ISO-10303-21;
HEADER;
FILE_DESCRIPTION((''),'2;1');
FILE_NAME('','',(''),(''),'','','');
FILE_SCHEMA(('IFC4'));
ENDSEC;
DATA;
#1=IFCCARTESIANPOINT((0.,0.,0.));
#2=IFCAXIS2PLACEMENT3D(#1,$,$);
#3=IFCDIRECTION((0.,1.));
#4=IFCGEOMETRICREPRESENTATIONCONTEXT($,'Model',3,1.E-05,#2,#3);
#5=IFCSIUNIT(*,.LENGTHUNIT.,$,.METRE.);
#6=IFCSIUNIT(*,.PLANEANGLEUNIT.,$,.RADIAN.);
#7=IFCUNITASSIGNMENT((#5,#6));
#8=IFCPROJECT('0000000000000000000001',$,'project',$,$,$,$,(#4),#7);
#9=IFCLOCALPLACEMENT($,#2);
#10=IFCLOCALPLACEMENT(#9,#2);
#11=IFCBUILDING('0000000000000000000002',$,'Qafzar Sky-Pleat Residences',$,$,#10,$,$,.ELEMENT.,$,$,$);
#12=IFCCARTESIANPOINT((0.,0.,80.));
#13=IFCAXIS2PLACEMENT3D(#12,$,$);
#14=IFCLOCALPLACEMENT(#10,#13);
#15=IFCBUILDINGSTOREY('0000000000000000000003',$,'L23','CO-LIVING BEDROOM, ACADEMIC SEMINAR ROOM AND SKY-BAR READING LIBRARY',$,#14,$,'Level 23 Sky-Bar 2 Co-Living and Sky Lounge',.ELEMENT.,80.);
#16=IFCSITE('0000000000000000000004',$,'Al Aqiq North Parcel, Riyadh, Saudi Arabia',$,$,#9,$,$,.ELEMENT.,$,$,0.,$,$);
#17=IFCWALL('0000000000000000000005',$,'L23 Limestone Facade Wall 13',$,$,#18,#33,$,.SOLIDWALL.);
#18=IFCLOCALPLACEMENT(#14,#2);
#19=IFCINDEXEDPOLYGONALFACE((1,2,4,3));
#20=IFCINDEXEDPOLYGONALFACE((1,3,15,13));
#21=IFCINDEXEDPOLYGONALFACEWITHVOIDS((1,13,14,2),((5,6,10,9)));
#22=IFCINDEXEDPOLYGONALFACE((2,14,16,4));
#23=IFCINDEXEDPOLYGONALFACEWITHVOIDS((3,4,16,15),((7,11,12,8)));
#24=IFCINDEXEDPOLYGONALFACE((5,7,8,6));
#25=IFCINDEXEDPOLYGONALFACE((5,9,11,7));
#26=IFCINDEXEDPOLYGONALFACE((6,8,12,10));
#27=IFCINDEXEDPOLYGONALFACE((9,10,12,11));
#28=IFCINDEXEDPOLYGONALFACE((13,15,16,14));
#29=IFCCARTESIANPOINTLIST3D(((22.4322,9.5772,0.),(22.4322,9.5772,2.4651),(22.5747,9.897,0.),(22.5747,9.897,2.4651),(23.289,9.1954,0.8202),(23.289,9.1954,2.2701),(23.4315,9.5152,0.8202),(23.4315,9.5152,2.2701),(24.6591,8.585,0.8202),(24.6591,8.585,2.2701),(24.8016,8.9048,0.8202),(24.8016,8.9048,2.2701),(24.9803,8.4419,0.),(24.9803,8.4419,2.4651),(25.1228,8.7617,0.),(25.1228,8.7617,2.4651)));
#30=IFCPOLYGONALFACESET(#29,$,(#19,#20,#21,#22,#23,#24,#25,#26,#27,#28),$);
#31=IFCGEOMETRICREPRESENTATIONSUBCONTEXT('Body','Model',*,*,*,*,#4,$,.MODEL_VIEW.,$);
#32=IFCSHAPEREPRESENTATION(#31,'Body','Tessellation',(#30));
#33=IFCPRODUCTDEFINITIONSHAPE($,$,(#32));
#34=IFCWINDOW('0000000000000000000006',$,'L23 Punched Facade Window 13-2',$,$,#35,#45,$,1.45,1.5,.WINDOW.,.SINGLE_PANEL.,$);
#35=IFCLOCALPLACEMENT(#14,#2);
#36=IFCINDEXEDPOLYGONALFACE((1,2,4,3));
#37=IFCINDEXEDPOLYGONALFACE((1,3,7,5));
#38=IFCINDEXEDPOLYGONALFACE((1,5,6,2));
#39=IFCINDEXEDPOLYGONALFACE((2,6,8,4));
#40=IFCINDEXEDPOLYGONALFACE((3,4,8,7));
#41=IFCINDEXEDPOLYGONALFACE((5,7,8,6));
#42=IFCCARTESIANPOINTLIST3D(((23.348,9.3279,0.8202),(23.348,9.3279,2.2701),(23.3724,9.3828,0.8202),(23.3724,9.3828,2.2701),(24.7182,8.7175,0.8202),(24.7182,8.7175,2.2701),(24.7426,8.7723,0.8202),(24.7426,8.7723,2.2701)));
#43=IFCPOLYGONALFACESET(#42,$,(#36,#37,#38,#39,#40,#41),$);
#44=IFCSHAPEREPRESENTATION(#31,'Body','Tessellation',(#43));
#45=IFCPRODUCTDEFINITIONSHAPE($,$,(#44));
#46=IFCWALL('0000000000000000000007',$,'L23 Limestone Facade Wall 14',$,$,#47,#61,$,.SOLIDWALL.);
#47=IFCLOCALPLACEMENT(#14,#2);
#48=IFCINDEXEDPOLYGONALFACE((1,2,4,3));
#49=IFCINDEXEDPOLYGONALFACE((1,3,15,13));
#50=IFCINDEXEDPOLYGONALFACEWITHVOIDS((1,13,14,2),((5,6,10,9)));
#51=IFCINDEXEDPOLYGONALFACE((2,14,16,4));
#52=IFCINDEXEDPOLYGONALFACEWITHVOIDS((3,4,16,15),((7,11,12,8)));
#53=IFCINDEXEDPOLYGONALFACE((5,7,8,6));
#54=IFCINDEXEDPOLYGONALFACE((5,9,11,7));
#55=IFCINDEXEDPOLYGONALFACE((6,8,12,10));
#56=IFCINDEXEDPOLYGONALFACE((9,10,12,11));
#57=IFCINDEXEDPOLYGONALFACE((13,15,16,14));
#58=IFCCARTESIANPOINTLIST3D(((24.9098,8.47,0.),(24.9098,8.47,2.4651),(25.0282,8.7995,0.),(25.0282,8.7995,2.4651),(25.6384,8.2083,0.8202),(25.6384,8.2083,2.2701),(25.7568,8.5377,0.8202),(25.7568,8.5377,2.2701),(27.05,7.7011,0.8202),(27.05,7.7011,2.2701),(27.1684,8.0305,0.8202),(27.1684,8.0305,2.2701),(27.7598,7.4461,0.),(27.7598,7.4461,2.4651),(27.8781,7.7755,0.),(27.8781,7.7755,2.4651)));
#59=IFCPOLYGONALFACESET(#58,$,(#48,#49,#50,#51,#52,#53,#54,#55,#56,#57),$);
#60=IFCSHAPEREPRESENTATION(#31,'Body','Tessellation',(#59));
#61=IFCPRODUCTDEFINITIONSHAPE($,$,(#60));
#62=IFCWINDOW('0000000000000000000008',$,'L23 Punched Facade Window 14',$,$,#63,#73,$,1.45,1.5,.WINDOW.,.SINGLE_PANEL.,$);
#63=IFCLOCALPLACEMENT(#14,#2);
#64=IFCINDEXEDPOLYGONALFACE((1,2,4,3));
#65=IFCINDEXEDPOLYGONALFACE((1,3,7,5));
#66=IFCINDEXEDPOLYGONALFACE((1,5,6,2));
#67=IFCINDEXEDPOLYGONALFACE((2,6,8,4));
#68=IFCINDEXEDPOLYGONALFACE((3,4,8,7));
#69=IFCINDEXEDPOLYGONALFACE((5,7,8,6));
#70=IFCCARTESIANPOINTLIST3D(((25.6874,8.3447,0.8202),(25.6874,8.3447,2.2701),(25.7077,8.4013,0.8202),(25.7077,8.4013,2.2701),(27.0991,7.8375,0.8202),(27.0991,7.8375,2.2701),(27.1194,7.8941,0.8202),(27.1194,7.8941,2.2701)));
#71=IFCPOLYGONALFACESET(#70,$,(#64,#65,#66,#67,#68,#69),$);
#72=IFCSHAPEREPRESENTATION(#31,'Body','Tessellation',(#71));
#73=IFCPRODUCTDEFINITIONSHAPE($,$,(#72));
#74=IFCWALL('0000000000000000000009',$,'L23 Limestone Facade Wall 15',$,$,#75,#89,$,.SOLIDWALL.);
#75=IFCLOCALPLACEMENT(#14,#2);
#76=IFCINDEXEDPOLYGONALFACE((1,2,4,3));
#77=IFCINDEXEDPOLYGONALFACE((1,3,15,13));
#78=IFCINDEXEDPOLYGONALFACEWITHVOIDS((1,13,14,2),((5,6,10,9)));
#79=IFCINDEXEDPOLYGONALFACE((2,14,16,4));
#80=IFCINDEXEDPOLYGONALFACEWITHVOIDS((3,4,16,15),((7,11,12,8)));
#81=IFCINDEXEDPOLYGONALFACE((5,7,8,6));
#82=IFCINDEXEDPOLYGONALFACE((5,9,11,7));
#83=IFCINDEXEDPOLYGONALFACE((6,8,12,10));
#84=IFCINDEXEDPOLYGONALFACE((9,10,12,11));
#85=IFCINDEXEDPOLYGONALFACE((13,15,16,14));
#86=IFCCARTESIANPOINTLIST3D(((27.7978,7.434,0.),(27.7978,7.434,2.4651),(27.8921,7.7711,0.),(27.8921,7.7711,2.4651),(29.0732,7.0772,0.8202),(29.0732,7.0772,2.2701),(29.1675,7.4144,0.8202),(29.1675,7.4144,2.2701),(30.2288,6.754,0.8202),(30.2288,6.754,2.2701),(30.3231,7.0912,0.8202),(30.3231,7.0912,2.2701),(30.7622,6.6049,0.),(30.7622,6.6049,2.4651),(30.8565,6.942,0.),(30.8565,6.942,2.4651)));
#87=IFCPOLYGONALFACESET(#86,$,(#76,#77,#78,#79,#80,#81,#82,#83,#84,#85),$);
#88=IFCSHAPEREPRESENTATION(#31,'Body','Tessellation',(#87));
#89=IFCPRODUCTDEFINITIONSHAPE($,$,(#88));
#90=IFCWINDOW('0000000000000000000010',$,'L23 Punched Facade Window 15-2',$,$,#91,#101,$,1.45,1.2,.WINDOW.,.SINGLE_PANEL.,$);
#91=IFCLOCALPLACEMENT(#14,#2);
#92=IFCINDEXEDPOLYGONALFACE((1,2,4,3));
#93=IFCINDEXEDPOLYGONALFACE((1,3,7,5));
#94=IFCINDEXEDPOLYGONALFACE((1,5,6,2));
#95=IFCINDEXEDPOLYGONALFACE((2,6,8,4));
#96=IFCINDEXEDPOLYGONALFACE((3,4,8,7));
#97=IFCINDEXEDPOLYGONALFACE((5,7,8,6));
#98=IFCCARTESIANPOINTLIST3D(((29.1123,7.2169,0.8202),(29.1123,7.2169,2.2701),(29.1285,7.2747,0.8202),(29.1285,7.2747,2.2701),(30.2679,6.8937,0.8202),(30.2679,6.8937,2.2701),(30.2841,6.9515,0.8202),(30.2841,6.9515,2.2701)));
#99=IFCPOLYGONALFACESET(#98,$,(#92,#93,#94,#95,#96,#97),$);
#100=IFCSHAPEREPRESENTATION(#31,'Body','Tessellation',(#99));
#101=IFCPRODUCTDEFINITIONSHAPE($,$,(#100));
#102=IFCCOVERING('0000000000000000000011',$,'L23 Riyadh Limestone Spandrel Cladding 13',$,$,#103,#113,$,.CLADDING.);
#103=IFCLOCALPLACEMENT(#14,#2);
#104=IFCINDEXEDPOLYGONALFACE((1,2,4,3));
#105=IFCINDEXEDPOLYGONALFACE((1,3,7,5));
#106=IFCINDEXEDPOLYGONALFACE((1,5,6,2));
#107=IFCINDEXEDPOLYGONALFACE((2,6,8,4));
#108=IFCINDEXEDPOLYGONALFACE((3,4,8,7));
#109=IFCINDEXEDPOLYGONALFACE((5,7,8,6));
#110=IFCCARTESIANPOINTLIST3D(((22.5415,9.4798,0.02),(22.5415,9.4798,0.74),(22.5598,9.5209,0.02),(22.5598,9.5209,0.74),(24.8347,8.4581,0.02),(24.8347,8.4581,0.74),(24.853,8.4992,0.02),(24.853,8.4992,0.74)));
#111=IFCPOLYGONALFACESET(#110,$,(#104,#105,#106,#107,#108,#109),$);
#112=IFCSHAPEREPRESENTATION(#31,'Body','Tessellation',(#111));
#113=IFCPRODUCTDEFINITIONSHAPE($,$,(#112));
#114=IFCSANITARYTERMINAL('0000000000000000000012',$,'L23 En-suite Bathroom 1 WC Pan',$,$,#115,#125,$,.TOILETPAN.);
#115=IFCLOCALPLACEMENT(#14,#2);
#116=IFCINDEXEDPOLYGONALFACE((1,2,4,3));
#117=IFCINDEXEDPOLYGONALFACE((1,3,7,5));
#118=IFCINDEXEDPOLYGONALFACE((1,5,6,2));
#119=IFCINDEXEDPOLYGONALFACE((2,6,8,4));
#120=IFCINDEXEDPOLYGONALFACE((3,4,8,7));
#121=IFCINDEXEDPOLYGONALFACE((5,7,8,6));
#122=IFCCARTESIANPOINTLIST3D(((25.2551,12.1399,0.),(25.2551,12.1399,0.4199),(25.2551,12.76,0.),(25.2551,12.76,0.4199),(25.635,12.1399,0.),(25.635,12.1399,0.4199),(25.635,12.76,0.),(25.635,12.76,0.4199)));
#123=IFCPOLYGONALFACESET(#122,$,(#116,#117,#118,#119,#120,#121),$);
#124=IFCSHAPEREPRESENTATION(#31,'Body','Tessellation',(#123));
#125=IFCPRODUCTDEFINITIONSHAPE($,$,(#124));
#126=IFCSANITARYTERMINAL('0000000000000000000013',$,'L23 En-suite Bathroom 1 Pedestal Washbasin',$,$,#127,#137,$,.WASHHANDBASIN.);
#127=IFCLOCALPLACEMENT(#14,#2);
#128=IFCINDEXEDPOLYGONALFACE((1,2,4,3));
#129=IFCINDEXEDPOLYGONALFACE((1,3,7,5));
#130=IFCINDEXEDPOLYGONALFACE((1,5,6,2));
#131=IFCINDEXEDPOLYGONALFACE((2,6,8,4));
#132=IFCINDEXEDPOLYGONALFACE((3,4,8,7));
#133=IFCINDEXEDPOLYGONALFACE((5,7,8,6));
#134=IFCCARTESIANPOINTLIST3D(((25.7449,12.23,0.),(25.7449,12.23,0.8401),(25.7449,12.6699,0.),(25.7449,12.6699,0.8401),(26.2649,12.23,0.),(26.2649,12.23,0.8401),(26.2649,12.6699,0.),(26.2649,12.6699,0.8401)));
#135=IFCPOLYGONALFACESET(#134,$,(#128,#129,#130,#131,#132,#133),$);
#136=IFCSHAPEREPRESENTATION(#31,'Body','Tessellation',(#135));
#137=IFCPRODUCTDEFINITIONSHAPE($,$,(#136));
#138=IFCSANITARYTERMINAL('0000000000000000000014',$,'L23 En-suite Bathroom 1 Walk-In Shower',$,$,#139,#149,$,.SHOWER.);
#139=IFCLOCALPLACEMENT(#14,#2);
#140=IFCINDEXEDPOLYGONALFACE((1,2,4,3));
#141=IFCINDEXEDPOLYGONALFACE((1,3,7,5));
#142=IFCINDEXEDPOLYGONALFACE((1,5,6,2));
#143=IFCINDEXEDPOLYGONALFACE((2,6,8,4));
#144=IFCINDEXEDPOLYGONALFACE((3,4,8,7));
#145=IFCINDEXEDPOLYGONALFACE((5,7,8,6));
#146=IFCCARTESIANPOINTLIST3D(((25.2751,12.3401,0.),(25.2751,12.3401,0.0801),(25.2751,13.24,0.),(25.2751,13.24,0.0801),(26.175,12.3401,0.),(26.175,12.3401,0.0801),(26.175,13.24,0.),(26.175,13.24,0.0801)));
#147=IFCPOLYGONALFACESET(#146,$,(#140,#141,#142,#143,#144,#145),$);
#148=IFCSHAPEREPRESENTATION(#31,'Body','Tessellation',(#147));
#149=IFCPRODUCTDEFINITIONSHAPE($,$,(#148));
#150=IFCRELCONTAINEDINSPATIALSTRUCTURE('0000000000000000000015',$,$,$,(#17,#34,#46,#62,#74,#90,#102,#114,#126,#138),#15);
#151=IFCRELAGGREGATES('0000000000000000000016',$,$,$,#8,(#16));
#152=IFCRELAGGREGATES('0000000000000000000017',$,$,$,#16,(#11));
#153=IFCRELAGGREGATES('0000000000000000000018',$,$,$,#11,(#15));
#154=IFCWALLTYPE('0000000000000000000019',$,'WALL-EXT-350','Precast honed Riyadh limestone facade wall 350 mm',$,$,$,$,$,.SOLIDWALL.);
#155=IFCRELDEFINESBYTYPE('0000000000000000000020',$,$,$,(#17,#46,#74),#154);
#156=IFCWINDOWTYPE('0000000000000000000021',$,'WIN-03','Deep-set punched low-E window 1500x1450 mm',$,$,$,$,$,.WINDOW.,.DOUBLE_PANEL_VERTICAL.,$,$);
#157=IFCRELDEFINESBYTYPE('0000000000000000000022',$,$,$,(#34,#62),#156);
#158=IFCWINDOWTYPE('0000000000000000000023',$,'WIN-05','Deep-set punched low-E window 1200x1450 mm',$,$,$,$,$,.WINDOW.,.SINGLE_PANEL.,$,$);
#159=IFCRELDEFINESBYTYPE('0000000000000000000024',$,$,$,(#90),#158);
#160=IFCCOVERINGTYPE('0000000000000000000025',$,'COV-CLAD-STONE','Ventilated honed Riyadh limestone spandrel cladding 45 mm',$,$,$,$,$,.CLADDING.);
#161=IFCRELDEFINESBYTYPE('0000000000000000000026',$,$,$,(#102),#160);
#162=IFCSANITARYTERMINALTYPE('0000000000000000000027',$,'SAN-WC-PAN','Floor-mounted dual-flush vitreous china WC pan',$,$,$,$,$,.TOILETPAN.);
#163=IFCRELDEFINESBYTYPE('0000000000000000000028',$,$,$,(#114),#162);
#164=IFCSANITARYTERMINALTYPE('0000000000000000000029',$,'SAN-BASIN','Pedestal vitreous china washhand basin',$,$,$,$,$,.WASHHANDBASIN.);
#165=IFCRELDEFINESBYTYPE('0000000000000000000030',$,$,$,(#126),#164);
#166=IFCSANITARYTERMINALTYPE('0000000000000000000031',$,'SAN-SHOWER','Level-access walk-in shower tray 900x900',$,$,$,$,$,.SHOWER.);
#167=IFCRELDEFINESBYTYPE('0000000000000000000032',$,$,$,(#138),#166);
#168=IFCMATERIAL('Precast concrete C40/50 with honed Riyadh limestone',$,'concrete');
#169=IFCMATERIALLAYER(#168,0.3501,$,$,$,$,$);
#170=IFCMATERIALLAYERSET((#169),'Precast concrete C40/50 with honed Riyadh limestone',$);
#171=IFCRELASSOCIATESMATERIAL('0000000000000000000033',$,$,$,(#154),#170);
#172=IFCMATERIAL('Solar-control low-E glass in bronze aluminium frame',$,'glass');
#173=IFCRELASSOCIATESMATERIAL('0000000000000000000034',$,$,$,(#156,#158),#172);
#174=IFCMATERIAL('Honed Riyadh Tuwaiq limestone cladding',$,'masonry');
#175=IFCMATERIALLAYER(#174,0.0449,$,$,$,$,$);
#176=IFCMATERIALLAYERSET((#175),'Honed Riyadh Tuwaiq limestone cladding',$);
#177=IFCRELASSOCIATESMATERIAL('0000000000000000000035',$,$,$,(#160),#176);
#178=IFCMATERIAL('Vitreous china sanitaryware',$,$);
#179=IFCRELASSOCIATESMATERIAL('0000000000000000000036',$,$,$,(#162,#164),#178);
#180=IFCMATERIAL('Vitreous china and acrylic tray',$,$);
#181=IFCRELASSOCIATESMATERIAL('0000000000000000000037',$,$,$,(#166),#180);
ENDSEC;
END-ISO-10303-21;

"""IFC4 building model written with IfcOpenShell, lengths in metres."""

from ifc_helpers import new_model, si_unit, direction, frame, frame_2d, origin, origin_2d, place, context, subcontext, project, spatial, rectangle, extrude, source, transform, mapped, material, layer, layer_set, type_object, element, fill, save


model = new_model("IFC4")

# Units and contexts
model_context = context("Model", 3, precision=1e-05, world=origin(), true_north=direction((0.0, 1.0)))
body_context = subcontext(model_context, "Body", "Model", "MODEL_VIEW")
ifc_project = project(units=[si_unit("LENGTHUNIT", "METRE"), si_unit("PLANEANGLEUNIT", "RADIAN")], contexts=[model_context])

# Site, building, storey
site_placement = place(None, origin())
site = spatial("IfcSite", under=ifc_project, at=site_placement, Name="Al Aqiq North Parcel, Riyadh, Saudi Arabia", CompositionType="ELEMENT", RefElevation=0.0)
building_placement = place(site_placement, origin())
building = spatial("IfcBuilding", under=site, at=building_placement, Name="Qafzar Sky-Pleat Residences", CompositionType="ELEMENT")
storey_placement = place(building_placement, frame((0.0, 0.0, 80.0)))
storey = spatial("IfcBuildingStorey", under=building, at=storey_placement, Name="L23", Description="CO-LIVING BEDROOM, ACADEMIC SEMINAR ROOM AND SKY-BAR READING LIBRARY", LongName="Level 23 Sky-Bar 2 Co-Living and Sky Lounge", CompositionType="ELEMENT", Elevation=80.0)

# Walls, openings, windows
ifc_material_1 = material(Name="Precast concrete C40/50 with honed Riyadh limestone", Category="concrete")
ifc_layer_1 = layer(ifc_material_1, 0.3501)
ifc_layer_set_1 = layer_set([ifc_layer_1], Name="Precast concrete C40/50 with honed Riyadh limestone")
wall_type_1 = type_object("IfcWallType", Name="WALL-EXT-350", Description="Precast honed Riyadh limestone facade wall 350 mm", PredefinedType="SOLIDWALL", material=ifc_layer_set_1)
ifc_material_2 = material(Name="Solar-control low-E glass in bronze aluminium frame", Category="glass")
wall_1_placement = place(storey_placement, frame((22.5034, 9.7371, 0.0), z_axis=(0.0, 0.0, 1.0), x_axis=(0.913443, -0.406967, 0.0)))
wall_1 = element("IfcWall", 1, at=wall_1_placement, inside=storey, type_object=wall_type_1, Name="L23 Limestone Facade Wall 13", PredefinedType="SOLIDWALL", context=body_context, shape_type="SweptSolid", body=[
    extrude(rectangle(XDim=2.7896, YDim=0.3501, at=frame_2d((1.3948, 0.0))), origin(), (0.0, 0.0, 1.0), 2.4651),
])
opening_1_placement = place(wall_1_placement, frame((0.938, 0.0, 0.8201)))
opening_1 = element("IfcOpeningElement", 2, at=opening_1_placement, cuts=wall_1, PredefinedType="OPENING", context=body_context, shape_type="SweptSolid", body=[
    extrude(rectangle(XDim=1.5, YDim=1.45, at=frame_2d((0.75, 0.7251))), frame((0.0, 0.1851, 0.0), z_axis=(0.0, -1.0, 0.0), x_axis=(1.0, 0.0, 0.0)), (0.0, 0.0, 1.0), 0.3701),
])
window_type_1 = type_object("IfcWindowType", Name="WIN-03", Description="Deep-set punched low-E window 1500x1450 mm", PartitioningType="DOUBLE_PANEL_VERTICAL", PredefinedType="WINDOW", material=ifc_material_2)
shared_shape_1 = source(origin(), body_context, "Body", "SweptSolid", [
    extrude(rectangle(XDim=1.5, YDim=1.45, at=frame_2d((0.75, 0.7251))), frame((0.0, 0.03, 0.0), z_axis=(0.0, -1.0, 0.0), x_axis=(1.0, 0.0, 0.0)), (0.0, 0.0, 1.0), 0.0601),
])
window_1_placement = place(opening_1_placement, origin())
window_1 = element("IfcWindow", 3, at=window_1_placement, inside=storey, type_object=window_type_1, Name="L23 Punched Facade Window 13-2", OverallHeight=1.45, OverallWidth=1.5, PartitioningType="SINGLE_PANEL", PredefinedType="WINDOW", context=body_context, shape_type="MappedRepresentation", body=[
    mapped(shared_shape_1, transform((0.0, 0.0, 0.0), x_axis=(1.0, 0.0, 0.0), y_axis=(0.0, 1.0, 0.0), z_axis=(0.0, 0.0, 1.0), scale=1.0)),
])
fill(opening_1, window_1)
wall_2_placement = place(storey_placement, frame((24.969, 8.6348, 0.0), z_axis=(0.0, 0.0, 1.0), x_axis=(0.9411, -0.338128, 0.0)))
wall_2 = element("IfcWall", 4, at=wall_2_placement, inside=storey, type_object=wall_type_1, Name="L23 Limestone Facade Wall 14", PredefinedType="SOLIDWALL", context=body_context, shape_type="SweptSolid", body=[
    extrude(rectangle(XDim=3.0283, YDim=0.3501, at=frame_2d((1.5142, 0.0))), origin(), (0.0, 0.0, 1.0), 2.4651),
])
opening_2_placement = place(wall_2_placement, frame((0.7742, 0.0, 0.8201)))
opening_2 = element("IfcOpeningElement", 5, at=opening_2_placement, cuts=wall_2, PredefinedType="OPENING", context=body_context, shape_type="SweptSolid", body=[
    extrude(rectangle(XDim=1.5, YDim=1.45, at=frame_2d((0.75, 0.7251))), frame((0.0, 0.1851, 0.0), z_axis=(0.0, -1.0, 0.0), x_axis=(1.0, 0.0, 0.0)), (0.0, 0.0, 1.0), 0.3701),
])
window_2_placement = place(opening_2_placement, origin())
window_2 = element("IfcWindow", 6, at=window_2_placement, inside=storey, type_object=window_type_1, Name="L23 Punched Facade Window 14", OverallHeight=1.45, OverallWidth=1.5, PartitioningType="SINGLE_PANEL", PredefinedType="WINDOW", context=body_context, shape_type="MappedRepresentation", body=[
    mapped(shared_shape_1, transform((0.0, 0.0, 0.0), x_axis=(1.0, 0.0, 0.0), y_axis=(0.0, 1.0, 0.0), z_axis=(0.0, 0.0, 1.0), scale=1.0)),
])
fill(opening_2, window_2)
wall_3_placement = place(storey_placement, frame((27.845, 7.6025, 0.0), z_axis=(0.0, 0.0, 1.0), x_axis=(0.963041, -0.269353, 0.0)))
wall_3 = element("IfcWall", 7, at=wall_3_placement, inside=storey, type_object=wall_type_1, Name="L23 Limestone Facade Wall 15", PredefinedType="SOLIDWALL", context=body_context, shape_type="SweptSolid", body=[
    extrude(rectangle(XDim=3.0781, YDim=0.3501, at=frame_2d((1.5391, 0.0))), origin(), (0.0, 0.0, 1.0), 2.4651),
])
opening_3_placement = place(wall_3_placement, frame((1.3242, 0.0, 0.8201)))
opening_3 = element("IfcOpeningElement", 8, at=opening_3_placement, cuts=wall_3, PredefinedType="OPENING", context=body_context, shape_type="SweptSolid", body=[
    extrude(rectangle(XDim=1.2, YDim=1.45, at=frame_2d((0.6001, 0.7251))), frame((0.0, 0.1851, 0.0), z_axis=(0.0, -1.0, 0.0), x_axis=(1.0, 0.0, 0.0)), (0.0, 0.0, 1.0), 0.3701),
])
window_type_2 = type_object("IfcWindowType", Name="WIN-05", Description="Deep-set punched low-E window 1200x1450 mm", PartitioningType="SINGLE_PANEL", PredefinedType="WINDOW", material=ifc_material_2)
shared_shape_2 = source(origin(), body_context, "Body", "SweptSolid", [
    extrude(rectangle(XDim=1.2, YDim=1.45, at=frame_2d((0.6001, 0.7251))), frame((0.0, 0.03, 0.0), z_axis=(0.0, -1.0, 0.0), x_axis=(1.0, 0.0, 0.0)), (0.0, 0.0, 1.0), 0.0601),
])
window_3_placement = place(opening_3_placement, origin())
window_3 = element("IfcWindow", 9, at=window_3_placement, inside=storey, type_object=window_type_2, Name="L23 Punched Facade Window 15-2", OverallHeight=1.45, OverallWidth=1.2, PartitioningType="SINGLE_PANEL", PredefinedType="WINDOW", context=body_context, shape_type="MappedRepresentation", body=[
    mapped(shared_shape_2, transform((0.0, 0.0, 0.0), x_axis=(1.0, 0.0, 0.0), y_axis=(0.0, 1.0, 0.0), z_axis=(0.0, 0.0, 1.0), scale=1.0)),
])
fill(opening_3, window_3)

# Covering
ifc_material_3 = material(Name="Honed Riyadh Tuwaiq limestone cladding", Category="masonry")
ifc_layer_2 = layer(ifc_material_3, 0.0449)
ifc_layer_set_2 = layer_set([ifc_layer_2], Name="Honed Riyadh Tuwaiq limestone cladding")
covering_type = type_object("IfcCoveringType", Name="COV-CLAD-STONE", Description="Ventilated honed Riyadh limestone spandrel cladding 45 mm", PredefinedType="CLADDING", material=ifc_layer_set_2)
shared_shape_3 = source(origin(), body_context, "Body", "SweptSolid", [
    extrude(rectangle(XDim=2.5105, YDim=0.0449, at=origin_2d()), origin(), (0.0, 0.0, 1.0), 0.72),
])
covering_placement = place(storey_placement, frame((23.6973, 8.9895, 0.02), z_axis=(0.0, 0.0, 1.0), x_axis=(0.913437, -0.40698, 0.0)))
element("IfcCovering", 10, at=covering_placement, inside=storey, type_object=covering_type, Name="L23 Riyadh Limestone Spandrel Cladding 13", PredefinedType="CLADDING", context=body_context, shape_type="MappedRepresentation", body=[
    mapped(shared_shape_3, transform((0.0, 0.0, 0.0), x_axis=(1.0, 0.0, 0.0), y_axis=(0.0, 1.0, 0.0), z_axis=(0.0, 0.0, 1.0), scale=1.0)),
])

# Sanitary terminals
ifc_material_4 = material(Name="Vitreous china sanitaryware")
sanitary_terminal_type_1 = type_object("IfcSanitaryTerminalType", Name="SAN-WC-PAN", Description="Floor-mounted dual-flush vitreous china WC pan", PredefinedType="TOILETPAN", material=ifc_material_4)
shared_shape_4 = source(origin(), body_context, "Body", "SweptSolid", [
    extrude(rectangle(XDim=0.3799, YDim=0.6201, at=origin_2d()), origin(), (0.0, 0.0, 1.0), 0.4199),
])
sanitary_terminal_1_placement = place(storey_placement, frame((25.4451, 12.45, 0.0), z_axis=(0.0, 0.0, 1.0), x_axis=(1.0, 0.0, 0.0)))
element("IfcSanitaryTerminal", 11, at=sanitary_terminal_1_placement, inside=storey, type_object=sanitary_terminal_type_1, Name="L23 En-suite Bathroom 1 WC Pan", PredefinedType="TOILETPAN", context=body_context, shape_type="MappedRepresentation", body=[
    mapped(shared_shape_4, transform((0.0, 0.0, 0.0), x_axis=(1.0, 0.0, 0.0), y_axis=(0.0, 1.0, 0.0), z_axis=(0.0, 0.0, 1.0), scale=1.0)),
])
sanitary_terminal_type_2 = type_object("IfcSanitaryTerminalType", Name="SAN-BASIN", Description="Pedestal vitreous china washhand basin", PredefinedType="WASHHANDBASIN", material=ifc_material_4)
shared_shape_5 = source(origin(), body_context, "Body", "SweptSolid", [
    extrude(rectangle(XDim=0.52, YDim=0.4399, at=origin_2d()), origin(), (0.0, 0.0, 1.0), 0.8401),
])
sanitary_terminal_2_placement = place(storey_placement, frame((26.0049, 12.45, 0.0), z_axis=(0.0, 0.0, 1.0), x_axis=(1.0, 0.0, 0.0)))
element("IfcSanitaryTerminal", 12, at=sanitary_terminal_2_placement, inside=storey, type_object=sanitary_terminal_type_2, Name="L23 En-suite Bathroom 1 Pedestal Washbasin", PredefinedType="WASHHANDBASIN", context=body_context, shape_type="MappedRepresentation", body=[
    mapped(shared_shape_5, transform((0.0, 0.0, 0.0), x_axis=(1.0, 0.0, 0.0), y_axis=(0.0, 1.0, 0.0), z_axis=(0.0, 0.0, 1.0), scale=1.0)),
])
ifc_material_5 = material(Name="Vitreous china and acrylic tray")
sanitary_terminal_type_3 = type_object("IfcSanitaryTerminalType", Name="SAN-SHOWER", Description="Level-access walk-in shower tray 900x900", PredefinedType="SHOWER", material=ifc_material_5)
shared_shape_6 = source(origin(), body_context, "Body", "SweptSolid", [
    extrude(rectangle(XDim=0.8999, YDim=0.8999, at=origin_2d()), origin(), (0.0, 0.0, 1.0), 0.0801),
])
sanitary_terminal_3_placement = place(storey_placement, frame((25.7251, 12.79, 0.0), z_axis=(0.0, 0.0, 1.0), x_axis=(1.0, 0.0, 0.0)))
element("IfcSanitaryTerminal", 13, at=sanitary_terminal_3_placement, inside=storey, type_object=sanitary_terminal_type_3, Name="L23 En-suite Bathroom 1 Walk-In Shower", PredefinedType="SHOWER", context=body_context, shape_type="MappedRepresentation", body=[
    mapped(shared_shape_6, transform((0.0, 0.0, 0.0), x_axis=(1.0, 0.0, 0.0), y_axis=(0.0, 1.0, 0.0), z_axis=(0.0, 0.0, 1.0), scale=1.0)),
])

save(model, "model.ifc")
